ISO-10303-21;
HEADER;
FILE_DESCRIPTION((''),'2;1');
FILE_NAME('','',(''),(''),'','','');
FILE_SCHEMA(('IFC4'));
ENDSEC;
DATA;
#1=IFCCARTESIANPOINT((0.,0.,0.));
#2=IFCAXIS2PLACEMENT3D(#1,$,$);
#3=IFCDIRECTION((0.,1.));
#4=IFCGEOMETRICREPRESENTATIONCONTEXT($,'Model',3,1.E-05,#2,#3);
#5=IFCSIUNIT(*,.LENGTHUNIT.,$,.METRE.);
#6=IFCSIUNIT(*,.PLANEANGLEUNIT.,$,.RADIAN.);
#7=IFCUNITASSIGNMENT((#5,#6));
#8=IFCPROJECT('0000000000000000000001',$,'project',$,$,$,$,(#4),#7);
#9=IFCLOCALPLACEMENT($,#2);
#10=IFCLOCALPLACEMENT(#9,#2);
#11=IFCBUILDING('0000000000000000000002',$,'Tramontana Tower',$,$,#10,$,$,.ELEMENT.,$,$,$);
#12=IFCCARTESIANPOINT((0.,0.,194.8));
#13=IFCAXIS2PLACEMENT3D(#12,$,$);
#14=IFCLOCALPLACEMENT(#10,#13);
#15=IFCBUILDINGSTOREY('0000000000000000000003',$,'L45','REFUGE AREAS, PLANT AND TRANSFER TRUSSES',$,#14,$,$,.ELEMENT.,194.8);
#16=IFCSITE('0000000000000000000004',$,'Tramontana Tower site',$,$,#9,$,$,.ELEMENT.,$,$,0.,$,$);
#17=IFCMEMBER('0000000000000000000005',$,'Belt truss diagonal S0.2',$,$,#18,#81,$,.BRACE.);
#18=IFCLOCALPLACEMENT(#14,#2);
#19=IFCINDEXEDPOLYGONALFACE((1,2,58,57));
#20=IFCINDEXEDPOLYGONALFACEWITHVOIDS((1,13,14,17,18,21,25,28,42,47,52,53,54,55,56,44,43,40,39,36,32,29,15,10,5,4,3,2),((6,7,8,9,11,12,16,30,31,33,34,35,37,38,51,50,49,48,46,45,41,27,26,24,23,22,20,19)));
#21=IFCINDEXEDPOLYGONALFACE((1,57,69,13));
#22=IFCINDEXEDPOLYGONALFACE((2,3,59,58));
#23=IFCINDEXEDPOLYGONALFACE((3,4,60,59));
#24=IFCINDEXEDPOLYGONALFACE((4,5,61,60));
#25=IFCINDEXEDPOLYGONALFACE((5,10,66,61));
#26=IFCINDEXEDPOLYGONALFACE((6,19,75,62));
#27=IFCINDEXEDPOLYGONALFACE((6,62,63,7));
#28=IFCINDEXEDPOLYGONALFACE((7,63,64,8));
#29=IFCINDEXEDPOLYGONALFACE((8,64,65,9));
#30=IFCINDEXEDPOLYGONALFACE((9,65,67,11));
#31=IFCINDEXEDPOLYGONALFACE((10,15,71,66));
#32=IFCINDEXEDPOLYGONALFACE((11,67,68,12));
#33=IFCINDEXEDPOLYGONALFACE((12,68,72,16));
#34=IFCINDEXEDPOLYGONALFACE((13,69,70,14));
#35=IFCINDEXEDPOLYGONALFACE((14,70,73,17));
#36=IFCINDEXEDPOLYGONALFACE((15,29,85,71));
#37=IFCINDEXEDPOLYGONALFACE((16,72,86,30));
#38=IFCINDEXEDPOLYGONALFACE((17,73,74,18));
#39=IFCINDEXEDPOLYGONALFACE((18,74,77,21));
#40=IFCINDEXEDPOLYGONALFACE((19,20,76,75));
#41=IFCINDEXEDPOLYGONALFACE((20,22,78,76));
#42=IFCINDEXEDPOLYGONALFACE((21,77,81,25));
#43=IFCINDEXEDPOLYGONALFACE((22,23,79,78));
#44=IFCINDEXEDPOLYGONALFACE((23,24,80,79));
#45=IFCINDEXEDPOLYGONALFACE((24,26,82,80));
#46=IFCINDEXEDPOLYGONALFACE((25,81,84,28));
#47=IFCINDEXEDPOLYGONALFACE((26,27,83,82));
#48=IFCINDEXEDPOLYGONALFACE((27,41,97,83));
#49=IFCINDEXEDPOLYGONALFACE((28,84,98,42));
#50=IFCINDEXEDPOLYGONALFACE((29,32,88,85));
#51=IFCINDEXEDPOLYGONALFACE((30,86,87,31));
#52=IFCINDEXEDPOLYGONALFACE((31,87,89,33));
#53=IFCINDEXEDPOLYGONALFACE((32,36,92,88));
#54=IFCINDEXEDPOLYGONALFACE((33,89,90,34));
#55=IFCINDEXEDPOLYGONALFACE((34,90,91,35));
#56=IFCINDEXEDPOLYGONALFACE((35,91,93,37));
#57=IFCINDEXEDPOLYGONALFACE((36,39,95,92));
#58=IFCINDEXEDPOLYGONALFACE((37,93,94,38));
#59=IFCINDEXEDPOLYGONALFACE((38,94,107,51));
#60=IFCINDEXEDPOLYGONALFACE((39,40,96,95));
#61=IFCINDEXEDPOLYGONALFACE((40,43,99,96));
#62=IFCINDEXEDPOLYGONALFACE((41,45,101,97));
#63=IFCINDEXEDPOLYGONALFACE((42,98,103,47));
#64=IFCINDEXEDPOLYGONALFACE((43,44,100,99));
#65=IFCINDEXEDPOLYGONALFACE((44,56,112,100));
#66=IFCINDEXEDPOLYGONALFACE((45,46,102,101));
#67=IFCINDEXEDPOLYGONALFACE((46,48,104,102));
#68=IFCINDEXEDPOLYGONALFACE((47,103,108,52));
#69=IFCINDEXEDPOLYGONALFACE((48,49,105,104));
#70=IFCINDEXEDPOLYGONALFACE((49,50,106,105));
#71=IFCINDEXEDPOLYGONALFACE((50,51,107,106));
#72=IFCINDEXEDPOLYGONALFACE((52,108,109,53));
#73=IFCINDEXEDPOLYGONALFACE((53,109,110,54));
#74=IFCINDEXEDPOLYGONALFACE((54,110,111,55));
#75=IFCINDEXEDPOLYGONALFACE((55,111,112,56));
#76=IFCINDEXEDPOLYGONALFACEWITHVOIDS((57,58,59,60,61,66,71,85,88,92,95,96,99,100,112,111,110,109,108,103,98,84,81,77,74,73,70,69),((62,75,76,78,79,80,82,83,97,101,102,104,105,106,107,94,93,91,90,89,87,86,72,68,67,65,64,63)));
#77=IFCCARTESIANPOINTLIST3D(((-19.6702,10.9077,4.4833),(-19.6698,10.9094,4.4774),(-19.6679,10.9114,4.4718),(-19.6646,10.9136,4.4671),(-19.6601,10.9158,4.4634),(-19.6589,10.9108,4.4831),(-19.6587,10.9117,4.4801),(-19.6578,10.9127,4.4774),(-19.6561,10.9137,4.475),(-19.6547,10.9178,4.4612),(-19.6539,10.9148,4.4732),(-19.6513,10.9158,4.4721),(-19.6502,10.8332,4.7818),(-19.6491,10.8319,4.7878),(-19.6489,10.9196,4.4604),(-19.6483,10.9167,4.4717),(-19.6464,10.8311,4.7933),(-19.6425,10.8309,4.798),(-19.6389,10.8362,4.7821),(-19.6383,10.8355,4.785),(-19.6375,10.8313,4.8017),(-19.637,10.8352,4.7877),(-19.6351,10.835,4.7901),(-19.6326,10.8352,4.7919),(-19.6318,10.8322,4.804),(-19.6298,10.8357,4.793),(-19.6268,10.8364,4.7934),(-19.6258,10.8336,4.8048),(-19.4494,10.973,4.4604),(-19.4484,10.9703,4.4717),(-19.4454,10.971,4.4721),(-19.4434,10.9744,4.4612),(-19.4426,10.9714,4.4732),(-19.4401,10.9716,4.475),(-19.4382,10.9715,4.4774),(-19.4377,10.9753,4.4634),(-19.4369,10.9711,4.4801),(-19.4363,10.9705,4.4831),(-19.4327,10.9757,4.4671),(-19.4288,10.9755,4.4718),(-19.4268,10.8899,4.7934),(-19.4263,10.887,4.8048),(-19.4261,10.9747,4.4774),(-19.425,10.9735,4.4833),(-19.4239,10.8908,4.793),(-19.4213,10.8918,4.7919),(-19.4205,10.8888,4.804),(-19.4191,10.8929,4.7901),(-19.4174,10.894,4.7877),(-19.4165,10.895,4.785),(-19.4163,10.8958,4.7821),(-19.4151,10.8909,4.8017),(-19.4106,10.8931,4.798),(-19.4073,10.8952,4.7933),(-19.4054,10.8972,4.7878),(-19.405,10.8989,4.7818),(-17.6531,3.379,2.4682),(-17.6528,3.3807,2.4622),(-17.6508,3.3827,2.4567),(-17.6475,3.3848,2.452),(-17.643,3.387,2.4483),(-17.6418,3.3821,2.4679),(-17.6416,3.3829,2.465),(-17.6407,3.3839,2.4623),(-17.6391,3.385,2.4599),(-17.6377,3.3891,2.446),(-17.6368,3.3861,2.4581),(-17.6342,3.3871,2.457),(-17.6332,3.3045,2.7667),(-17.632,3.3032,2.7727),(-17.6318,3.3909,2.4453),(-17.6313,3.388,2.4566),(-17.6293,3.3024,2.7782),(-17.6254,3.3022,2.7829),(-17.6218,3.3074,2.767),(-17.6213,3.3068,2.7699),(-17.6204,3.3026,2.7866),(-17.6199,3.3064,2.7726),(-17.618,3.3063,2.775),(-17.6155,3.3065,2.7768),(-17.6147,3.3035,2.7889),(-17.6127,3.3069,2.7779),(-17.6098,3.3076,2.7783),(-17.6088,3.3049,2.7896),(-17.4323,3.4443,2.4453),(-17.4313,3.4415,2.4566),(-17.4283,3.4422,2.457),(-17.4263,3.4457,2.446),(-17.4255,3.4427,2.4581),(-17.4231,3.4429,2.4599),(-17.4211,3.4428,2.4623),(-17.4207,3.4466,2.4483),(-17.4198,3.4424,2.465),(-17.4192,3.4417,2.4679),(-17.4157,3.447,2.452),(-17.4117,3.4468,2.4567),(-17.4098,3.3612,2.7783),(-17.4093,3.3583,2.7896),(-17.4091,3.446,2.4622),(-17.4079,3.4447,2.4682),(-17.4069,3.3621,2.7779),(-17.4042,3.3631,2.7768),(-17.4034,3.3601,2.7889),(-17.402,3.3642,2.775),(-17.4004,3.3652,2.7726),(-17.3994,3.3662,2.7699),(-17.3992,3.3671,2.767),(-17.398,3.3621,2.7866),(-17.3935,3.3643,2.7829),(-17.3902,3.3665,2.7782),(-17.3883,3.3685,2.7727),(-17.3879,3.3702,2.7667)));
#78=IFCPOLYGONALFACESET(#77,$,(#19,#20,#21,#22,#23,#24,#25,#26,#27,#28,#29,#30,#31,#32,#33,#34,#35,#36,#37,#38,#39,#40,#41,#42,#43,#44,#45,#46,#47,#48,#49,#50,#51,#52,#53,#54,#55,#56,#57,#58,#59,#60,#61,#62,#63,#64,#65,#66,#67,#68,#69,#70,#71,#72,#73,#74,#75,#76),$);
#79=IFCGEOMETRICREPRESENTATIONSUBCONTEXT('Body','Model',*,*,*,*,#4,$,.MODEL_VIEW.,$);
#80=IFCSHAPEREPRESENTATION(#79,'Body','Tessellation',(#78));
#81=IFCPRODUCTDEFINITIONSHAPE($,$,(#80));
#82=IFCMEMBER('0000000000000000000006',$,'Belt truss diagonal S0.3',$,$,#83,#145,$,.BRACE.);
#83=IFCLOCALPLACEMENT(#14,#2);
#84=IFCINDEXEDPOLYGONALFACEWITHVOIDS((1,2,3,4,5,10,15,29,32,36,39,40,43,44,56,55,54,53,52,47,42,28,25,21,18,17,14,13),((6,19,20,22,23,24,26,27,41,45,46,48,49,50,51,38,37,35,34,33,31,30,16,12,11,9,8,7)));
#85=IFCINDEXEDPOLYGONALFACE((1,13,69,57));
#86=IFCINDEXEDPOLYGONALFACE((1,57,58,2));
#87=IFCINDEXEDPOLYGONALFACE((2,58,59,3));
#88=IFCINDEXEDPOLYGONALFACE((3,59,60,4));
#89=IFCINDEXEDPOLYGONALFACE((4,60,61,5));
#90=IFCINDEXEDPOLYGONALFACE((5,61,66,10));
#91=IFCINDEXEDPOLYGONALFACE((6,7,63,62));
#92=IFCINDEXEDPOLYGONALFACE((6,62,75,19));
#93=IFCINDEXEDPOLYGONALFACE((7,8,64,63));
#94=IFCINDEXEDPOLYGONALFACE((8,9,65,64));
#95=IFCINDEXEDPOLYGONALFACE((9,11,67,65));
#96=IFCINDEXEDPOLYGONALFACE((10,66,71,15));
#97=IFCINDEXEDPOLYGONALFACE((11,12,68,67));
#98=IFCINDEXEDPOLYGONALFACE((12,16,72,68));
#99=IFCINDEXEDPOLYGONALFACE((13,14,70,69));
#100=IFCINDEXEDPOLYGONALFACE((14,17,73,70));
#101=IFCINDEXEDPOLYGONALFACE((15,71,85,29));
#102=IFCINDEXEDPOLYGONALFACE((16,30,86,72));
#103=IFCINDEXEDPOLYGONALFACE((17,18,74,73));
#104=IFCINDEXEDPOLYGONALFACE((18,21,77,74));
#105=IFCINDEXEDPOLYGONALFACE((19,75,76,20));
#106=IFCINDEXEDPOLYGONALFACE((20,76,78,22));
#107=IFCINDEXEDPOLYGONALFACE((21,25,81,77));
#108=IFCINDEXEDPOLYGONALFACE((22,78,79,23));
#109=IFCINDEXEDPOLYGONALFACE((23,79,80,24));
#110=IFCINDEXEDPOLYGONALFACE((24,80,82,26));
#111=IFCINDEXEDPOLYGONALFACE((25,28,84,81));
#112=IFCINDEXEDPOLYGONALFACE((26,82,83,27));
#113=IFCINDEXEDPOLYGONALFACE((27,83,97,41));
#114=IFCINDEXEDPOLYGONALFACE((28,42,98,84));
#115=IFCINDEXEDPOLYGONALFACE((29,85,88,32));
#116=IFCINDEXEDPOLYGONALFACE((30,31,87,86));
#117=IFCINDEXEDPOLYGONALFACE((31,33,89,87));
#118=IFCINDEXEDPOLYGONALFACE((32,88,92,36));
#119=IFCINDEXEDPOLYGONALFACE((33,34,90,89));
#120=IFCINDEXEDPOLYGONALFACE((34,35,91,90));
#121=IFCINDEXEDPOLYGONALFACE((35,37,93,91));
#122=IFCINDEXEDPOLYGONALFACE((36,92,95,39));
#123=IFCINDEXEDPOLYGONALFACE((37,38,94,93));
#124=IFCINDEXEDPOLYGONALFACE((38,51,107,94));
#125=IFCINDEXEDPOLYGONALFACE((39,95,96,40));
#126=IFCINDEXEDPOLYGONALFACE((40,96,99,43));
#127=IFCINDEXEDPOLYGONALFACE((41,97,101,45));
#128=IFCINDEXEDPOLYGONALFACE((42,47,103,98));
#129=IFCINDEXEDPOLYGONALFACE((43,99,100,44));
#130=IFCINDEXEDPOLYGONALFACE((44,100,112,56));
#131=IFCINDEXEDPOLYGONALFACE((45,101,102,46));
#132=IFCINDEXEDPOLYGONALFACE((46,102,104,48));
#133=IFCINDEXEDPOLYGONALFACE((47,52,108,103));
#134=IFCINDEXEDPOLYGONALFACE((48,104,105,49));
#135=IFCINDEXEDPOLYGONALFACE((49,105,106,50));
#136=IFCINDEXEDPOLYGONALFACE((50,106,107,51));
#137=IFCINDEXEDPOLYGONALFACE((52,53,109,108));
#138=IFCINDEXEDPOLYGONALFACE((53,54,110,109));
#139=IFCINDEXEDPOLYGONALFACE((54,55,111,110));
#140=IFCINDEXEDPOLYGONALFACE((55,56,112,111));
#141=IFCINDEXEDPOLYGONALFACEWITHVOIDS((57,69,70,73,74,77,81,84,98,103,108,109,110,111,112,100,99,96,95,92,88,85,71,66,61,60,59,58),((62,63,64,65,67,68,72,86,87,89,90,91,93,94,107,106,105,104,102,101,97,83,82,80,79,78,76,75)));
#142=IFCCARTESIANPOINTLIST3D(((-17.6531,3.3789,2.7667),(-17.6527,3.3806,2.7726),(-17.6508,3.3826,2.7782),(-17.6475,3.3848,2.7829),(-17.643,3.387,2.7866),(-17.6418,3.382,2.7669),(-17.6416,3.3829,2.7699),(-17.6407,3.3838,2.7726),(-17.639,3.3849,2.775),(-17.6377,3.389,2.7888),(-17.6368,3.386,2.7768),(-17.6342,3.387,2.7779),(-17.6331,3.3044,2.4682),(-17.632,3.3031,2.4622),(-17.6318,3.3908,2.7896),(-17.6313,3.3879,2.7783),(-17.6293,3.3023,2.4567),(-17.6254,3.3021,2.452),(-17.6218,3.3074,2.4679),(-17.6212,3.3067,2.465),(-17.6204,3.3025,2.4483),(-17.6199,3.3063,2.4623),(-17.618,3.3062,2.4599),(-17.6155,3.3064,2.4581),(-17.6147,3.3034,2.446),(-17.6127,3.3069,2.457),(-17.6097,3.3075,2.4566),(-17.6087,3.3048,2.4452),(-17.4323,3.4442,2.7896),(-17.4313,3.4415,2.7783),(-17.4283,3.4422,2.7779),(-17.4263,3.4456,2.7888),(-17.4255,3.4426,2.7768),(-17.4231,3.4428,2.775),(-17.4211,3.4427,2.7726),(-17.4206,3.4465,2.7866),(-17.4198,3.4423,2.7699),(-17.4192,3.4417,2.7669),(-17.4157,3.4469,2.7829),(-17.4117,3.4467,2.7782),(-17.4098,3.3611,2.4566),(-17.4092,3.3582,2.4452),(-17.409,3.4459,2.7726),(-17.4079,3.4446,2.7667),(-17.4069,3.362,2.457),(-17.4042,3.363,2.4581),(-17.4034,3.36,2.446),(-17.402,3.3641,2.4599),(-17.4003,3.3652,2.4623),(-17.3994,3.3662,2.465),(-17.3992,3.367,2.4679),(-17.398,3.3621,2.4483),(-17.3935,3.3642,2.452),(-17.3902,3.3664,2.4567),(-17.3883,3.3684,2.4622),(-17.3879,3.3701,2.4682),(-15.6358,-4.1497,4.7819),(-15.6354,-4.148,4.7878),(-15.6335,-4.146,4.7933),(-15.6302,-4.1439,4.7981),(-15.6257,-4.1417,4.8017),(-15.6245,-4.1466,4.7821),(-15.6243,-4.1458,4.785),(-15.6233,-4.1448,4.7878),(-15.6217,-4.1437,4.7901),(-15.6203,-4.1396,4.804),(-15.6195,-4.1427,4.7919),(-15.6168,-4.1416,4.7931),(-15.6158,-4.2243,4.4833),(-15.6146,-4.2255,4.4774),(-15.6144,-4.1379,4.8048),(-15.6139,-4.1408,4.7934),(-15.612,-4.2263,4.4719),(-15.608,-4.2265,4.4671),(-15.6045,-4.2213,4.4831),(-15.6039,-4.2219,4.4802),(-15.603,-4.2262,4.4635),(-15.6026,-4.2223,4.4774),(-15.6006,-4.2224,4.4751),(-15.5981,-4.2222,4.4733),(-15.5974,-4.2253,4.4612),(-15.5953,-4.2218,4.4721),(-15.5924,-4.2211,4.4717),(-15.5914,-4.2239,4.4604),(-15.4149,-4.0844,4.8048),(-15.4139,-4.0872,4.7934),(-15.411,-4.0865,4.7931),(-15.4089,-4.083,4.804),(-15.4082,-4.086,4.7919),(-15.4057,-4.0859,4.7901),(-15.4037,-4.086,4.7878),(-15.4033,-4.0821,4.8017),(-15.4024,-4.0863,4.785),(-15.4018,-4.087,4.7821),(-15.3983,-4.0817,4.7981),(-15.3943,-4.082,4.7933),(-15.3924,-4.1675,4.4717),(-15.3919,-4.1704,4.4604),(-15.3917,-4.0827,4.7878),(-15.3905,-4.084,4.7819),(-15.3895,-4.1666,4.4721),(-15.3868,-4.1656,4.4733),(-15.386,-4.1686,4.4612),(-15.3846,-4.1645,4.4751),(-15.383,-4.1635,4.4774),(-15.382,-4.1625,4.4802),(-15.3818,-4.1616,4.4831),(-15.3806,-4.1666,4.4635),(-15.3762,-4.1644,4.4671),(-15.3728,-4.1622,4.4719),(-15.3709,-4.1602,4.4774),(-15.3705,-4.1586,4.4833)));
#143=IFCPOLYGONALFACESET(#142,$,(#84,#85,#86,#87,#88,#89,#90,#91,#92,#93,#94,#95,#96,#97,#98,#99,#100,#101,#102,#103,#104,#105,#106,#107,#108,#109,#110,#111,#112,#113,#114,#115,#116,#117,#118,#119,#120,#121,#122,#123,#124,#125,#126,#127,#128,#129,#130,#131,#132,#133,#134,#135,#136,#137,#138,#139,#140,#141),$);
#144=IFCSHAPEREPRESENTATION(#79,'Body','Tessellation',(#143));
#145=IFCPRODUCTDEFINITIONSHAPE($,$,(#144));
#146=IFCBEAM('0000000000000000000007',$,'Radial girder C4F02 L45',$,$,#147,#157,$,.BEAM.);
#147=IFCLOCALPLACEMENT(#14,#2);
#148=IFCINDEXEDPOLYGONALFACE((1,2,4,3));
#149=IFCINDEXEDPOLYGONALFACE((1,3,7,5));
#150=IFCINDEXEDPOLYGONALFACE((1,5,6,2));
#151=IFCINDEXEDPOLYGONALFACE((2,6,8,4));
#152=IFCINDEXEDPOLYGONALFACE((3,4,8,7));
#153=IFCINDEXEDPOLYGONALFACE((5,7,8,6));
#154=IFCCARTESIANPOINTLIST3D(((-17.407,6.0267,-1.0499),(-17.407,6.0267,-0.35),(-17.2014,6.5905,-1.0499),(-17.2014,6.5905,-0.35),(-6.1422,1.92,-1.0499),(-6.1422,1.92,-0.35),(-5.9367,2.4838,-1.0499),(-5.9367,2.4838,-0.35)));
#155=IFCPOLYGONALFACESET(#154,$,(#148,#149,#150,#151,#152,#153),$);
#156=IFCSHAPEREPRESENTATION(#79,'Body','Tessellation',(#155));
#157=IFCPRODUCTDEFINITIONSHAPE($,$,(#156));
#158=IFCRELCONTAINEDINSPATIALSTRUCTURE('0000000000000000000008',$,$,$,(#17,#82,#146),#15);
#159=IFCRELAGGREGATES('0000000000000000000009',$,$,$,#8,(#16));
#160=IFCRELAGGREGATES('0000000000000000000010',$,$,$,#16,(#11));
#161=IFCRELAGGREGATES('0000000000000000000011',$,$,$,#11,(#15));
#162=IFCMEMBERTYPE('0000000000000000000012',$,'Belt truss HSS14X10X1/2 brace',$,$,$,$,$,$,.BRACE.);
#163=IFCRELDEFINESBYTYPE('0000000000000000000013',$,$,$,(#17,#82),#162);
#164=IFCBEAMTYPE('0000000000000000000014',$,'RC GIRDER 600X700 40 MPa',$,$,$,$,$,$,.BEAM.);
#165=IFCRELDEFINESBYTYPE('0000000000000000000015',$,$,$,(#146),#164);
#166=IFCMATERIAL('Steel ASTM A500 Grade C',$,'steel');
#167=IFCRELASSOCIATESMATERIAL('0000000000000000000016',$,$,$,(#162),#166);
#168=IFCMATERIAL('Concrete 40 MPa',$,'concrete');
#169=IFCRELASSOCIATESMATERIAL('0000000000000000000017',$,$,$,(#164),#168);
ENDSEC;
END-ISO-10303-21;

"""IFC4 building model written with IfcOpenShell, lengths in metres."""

from ifc_helpers import new_model, si_unit, direction, frame, origin, origin_2d, place, context, subcontext, project, spatial, rectangle, hollow_rectangle, extrude, material, material_profile, profile_set, type_object, element, save


model = new_model("IFC4")

# Units and contexts
model_context = context("Model", 3, precision=1e-05, world=origin(), true_north=direction((0.0, 1.0)))
body_context = subcontext(model_context, "Body", "Model", "MODEL_VIEW")
ifc_project = project(units=[si_unit("LENGTHUNIT", "METRE"), si_unit("PLANEANGLEUNIT", "RADIAN")], contexts=[model_context])

# Site, building, storey
site_placement = place(None, origin())
site = spatial("IfcSite", under=ifc_project, at=site_placement, Name="Tramontana Tower site", CompositionType="ELEMENT", RefElevation=0.0)
building_placement = place(site_placement, origin())
building = spatial("IfcBuilding", under=site, at=building_placement, Name="Tramontana Tower", CompositionType="ELEMENT")
storey_placement = place(building_placement, frame((0.0, 0.0, 194.8)))
storey = spatial("IfcBuildingStorey", under=building, at=storey_placement, Name="L45", Description="REFUGE AREAS, PLANT AND TRANSFER TRUSSES", CompositionType="ELEMENT", Elevation=194.8)

# Members
ifc_material_1 = material(Name="Steel ASTM A500 Grade C", Category="steel")
ifc_material_profile_1 = material_profile(ifc_material_1, hollow_rectangle(XDim=0.2539, YDim=0.3557, WallThickness=0.0117, InnerFilletRadius=0.0117, OuterFilletRadius=0.0237, at=origin_2d()), Name="HSS14X10X1/2")
ifc_profile_set_1 = profile_set([ifc_material_profile_1], Name="Steel ASTM A500 Grade C")
member_type_1 = type_object("IfcMemberType", Name="Belt truss HSS14X10X1/2 brace", PredefinedType="BRACE", material=ifc_profile_set_1)
for number, where, z_axis, x_axis, name in (
    (1, (-19.5376, 10.9033, 4.6326), (0.250551, -0.935184, -0.250308), (0.965934, 0.258789, 0.0), "Belt truss diagonal S0.2"),
    (2, (-17.5205, 3.3745, 2.6174), (0.250587, -0.935173, 0.250314), (0.965924, 0.258826, 0.0), "Belt truss diagonal S0.3"),
):
    element("IfcMember", number, at=place(storey_placement, frame(where, z_axis=z_axis, x_axis=x_axis)), inside=storey, type_object=member_type_1, Name=name, PredefinedType="BRACE", context=body_context, shape_type="SweptSolid", body=[
        extrude(hollow_rectangle(XDim=0.2539, YDim=0.3557, WallThickness=0.0117, InnerFilletRadius=0.0117, OuterFilletRadius=0.0237, at=origin_2d()), origin(), (0.0, 0.0, 1.0), 8.0505),
    ])

# Beam
ifc_material_2 = material(Name="Concrete 40 MPa", Category="concrete")
ifc_material_profile_2 = material_profile(ifc_material_2, rectangle(XDim=0.6001, YDim=0.7, at=origin_2d()), Name="RC GIRDER 600X700 40 MPa")
ifc_profile_set_2 = profile_set([ifc_material_profile_2], Name="Concrete 40 MPa")
beam_type = type_object("IfcBeamType", Name="RC GIRDER 600X700 40 MPa", PredefinedType="BEAM", material=ifc_profile_set_2)
beam_placement = place(storey_placement, frame((-17.3042, 6.3086, -0.7), z_axis=(0.939513, -0.342513, 0.0), x_axis=(0.342513, 0.939513, 0.0)))
element("IfcBeam", 3, at=beam_placement, inside=storey, type_object=beam_type, Name="Radial girder C4F02 L45", PredefinedType="BEAM", context=body_context, shape_type="SweptSolid", body=[
    extrude(rectangle(XDim=0.6001, YDim=0.7, at=origin_2d()), origin(), (0.0, 0.0, 1.0), 11.99),
])

save(model, "model.ifc")
